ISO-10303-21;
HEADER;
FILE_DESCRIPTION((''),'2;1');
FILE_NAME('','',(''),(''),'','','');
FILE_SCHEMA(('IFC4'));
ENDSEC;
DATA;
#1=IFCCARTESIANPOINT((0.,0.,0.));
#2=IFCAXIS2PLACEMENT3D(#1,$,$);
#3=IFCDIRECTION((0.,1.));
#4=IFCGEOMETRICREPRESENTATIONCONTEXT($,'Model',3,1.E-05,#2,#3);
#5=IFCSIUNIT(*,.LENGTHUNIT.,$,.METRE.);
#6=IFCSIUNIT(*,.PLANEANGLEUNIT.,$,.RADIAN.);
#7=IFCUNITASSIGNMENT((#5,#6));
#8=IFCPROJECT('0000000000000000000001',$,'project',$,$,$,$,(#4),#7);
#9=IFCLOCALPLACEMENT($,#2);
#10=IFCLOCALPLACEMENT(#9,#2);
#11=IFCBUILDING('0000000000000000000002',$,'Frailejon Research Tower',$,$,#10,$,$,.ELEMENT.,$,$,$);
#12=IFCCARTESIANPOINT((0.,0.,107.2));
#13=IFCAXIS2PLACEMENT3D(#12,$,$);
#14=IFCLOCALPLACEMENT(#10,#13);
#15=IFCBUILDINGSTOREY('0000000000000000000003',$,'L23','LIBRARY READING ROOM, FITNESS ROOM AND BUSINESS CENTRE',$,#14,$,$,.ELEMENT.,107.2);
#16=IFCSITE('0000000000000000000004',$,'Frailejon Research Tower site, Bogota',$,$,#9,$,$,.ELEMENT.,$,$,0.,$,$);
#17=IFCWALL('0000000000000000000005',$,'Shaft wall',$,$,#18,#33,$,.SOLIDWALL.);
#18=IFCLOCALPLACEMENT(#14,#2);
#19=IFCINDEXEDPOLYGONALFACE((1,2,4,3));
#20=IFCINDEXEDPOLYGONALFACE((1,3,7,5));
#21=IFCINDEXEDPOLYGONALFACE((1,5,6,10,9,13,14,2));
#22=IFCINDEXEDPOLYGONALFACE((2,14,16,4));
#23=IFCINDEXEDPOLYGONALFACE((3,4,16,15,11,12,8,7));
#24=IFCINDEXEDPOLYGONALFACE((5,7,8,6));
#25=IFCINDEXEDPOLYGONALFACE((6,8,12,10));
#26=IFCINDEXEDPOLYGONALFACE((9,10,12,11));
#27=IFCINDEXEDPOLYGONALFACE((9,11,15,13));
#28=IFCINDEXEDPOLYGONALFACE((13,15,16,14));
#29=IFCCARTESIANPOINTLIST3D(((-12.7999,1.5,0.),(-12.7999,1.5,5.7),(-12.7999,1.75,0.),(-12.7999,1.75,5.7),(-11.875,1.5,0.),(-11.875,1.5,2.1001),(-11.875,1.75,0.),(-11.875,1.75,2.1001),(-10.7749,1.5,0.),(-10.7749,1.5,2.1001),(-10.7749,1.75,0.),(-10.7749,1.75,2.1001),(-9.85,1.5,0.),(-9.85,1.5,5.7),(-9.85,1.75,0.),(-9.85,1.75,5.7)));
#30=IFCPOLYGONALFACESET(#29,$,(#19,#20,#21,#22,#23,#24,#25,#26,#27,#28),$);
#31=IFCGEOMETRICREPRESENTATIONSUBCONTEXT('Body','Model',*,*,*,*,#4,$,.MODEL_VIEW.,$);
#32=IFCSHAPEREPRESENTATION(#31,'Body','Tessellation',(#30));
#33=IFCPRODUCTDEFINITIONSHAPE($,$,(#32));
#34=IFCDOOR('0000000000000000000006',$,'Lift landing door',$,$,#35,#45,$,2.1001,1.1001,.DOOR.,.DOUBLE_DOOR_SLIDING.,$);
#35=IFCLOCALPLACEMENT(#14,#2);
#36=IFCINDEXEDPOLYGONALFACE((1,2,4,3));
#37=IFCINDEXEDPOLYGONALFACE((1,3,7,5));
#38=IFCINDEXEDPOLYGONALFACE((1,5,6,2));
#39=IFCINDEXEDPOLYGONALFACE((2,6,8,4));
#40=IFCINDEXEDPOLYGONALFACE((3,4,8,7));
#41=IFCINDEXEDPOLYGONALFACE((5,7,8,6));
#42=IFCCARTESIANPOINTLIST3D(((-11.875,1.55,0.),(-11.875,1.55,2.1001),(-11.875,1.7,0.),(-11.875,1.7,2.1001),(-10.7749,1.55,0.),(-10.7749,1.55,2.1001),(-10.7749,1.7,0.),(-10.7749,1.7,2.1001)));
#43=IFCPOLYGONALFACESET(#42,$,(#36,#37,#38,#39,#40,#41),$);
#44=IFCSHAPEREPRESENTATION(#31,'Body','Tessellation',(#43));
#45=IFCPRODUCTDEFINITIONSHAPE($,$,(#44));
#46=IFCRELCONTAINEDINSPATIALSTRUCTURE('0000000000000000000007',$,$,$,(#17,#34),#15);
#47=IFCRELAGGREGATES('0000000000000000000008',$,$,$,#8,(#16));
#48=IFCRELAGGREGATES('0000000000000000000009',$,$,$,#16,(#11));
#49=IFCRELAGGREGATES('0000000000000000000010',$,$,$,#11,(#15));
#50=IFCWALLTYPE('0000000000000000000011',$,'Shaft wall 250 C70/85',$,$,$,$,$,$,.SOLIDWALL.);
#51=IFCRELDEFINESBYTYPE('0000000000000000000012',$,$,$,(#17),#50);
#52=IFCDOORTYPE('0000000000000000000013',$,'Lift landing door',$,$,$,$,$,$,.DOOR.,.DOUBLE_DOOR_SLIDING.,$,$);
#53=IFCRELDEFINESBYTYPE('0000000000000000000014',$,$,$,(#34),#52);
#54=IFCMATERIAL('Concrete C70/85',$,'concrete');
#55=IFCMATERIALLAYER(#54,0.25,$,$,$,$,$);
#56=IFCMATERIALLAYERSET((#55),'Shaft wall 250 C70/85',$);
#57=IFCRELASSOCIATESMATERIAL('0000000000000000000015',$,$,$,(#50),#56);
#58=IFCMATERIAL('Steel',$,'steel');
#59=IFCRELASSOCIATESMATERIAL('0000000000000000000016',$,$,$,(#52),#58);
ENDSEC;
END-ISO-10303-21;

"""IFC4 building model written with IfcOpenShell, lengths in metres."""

from ifc_helpers import new_model, si_unit, direction, frame, frame_2d, origin, place, context, subcontext, project, spatial, rectangle, extrude, material, layer, layer_set, type_object, element, fill, save


model = new_model("IFC4")

# Units and contexts
model_context = context("Model", 3, precision=1e-05, world=origin(), true_north=direction((0.0, 1.0)))
body_context = subcontext(model_context, "Body", "Model", "MODEL_VIEW")
ifc_project = project(units=[si_unit("LENGTHUNIT", "METRE"), si_unit("PLANEANGLEUNIT", "RADIAN")], contexts=[model_context])

# Site, building, storey
site_placement = place(None, origin())
site = spatial("IfcSite", under=ifc_project, at=site_placement, Name="Frailejon Research Tower site, Bogota", CompositionType="ELEMENT", RefElevation=0.0)
building_placement = place(site_placement, origin())
building = spatial("IfcBuilding", under=site, at=building_placement, Name="Frailejon Research Tower", CompositionType="ELEMENT")
storey_placement = place(building_placement, frame((0.0, 0.0, 107.2)))
storey = spatial("IfcBuildingStorey", under=building, at=storey_placement, Name="L23", Description="LIBRARY READING ROOM, FITNESS ROOM AND BUSINESS CENTRE", CompositionType="ELEMENT", Elevation=107.2)

# Wall, opening, door
ifc_material_1 = material(Name="Concrete C70/85", Category="concrete")
ifc_layer = layer(ifc_material_1, 0.25)
ifc_layer_set = layer_set([ifc_layer], Name="Shaft wall 250 C70/85")
wall_type = type_object("IfcWallType", Name="Shaft wall 250 C70/85", PredefinedType="SOLIDWALL", material=ifc_layer_set)
wall_1_placement = place(storey_placement, frame((-12.8, 1.625, 0.0), z_axis=(0.0, 0.0, 1.0), x_axis=(1.0, 0.0, 0.0)))
wall_1 = element("IfcWall", 1, at=wall_1_placement, inside=storey, type_object=wall_type, Name="Shaft wall", PredefinedType="SOLIDWALL", context=body_context, shape_type="SweptSolid", body=[
    extrude(rectangle(XDim=2.95, YDim=0.25, at=frame_2d((1.4751, 0.0))), origin(), (0.0, 0.0, 1.0), 5.7),
])
opening_1_placement = place(wall_1_placement, frame((0.925, 0.0, 0.0)))
opening_1 = element("IfcOpeningElement", 2, at=opening_1_placement, cuts=wall_1, PredefinedType="OPENING", context=body_context, shape_type="SweptSolid", body=[
    extrude(rectangle(XDim=1.1001, YDim=2.1001, at=frame_2d((0.55, 1.05))), frame((0.0, 0.135, 0.0), z_axis=(0.0, -1.0, 0.0), x_axis=(1.0, 0.0, 0.0)), (0.0, 0.0, 1.0), 0.27),
])
ifc_material_2 = material(Name="Steel", Category="steel")
door_type = type_object("IfcDoorType", Name="Lift landing door", OperationType="DOUBLE_DOOR_SLIDING", PredefinedType="DOOR", material=ifc_material_2)
door_1_placement = place(opening_1_placement, origin())
door_1 = element("IfcDoor", 3, at=door_1_placement, inside=storey, type_object=door_type, Name="Lift landing door", OperationType="DOUBLE_DOOR_SLIDING", OverallHeight=2.1001, OverallWidth=1.1001, PredefinedType="DOOR", context=body_context, shape_type="SweptSolid", body=[
    extrude(rectangle(XDim=1.1001, YDim=2.1001, at=frame_2d((0.55, 1.05))), frame((0.0, 0.075, 0.0), z_axis=(0.0, -1.0, 0.0), x_axis=(1.0, 0.0, 0.0)), (0.0, 0.0, 1.0), 0.1499),
])
fill(opening_1, door_1)

save(model, "model.ifc")
